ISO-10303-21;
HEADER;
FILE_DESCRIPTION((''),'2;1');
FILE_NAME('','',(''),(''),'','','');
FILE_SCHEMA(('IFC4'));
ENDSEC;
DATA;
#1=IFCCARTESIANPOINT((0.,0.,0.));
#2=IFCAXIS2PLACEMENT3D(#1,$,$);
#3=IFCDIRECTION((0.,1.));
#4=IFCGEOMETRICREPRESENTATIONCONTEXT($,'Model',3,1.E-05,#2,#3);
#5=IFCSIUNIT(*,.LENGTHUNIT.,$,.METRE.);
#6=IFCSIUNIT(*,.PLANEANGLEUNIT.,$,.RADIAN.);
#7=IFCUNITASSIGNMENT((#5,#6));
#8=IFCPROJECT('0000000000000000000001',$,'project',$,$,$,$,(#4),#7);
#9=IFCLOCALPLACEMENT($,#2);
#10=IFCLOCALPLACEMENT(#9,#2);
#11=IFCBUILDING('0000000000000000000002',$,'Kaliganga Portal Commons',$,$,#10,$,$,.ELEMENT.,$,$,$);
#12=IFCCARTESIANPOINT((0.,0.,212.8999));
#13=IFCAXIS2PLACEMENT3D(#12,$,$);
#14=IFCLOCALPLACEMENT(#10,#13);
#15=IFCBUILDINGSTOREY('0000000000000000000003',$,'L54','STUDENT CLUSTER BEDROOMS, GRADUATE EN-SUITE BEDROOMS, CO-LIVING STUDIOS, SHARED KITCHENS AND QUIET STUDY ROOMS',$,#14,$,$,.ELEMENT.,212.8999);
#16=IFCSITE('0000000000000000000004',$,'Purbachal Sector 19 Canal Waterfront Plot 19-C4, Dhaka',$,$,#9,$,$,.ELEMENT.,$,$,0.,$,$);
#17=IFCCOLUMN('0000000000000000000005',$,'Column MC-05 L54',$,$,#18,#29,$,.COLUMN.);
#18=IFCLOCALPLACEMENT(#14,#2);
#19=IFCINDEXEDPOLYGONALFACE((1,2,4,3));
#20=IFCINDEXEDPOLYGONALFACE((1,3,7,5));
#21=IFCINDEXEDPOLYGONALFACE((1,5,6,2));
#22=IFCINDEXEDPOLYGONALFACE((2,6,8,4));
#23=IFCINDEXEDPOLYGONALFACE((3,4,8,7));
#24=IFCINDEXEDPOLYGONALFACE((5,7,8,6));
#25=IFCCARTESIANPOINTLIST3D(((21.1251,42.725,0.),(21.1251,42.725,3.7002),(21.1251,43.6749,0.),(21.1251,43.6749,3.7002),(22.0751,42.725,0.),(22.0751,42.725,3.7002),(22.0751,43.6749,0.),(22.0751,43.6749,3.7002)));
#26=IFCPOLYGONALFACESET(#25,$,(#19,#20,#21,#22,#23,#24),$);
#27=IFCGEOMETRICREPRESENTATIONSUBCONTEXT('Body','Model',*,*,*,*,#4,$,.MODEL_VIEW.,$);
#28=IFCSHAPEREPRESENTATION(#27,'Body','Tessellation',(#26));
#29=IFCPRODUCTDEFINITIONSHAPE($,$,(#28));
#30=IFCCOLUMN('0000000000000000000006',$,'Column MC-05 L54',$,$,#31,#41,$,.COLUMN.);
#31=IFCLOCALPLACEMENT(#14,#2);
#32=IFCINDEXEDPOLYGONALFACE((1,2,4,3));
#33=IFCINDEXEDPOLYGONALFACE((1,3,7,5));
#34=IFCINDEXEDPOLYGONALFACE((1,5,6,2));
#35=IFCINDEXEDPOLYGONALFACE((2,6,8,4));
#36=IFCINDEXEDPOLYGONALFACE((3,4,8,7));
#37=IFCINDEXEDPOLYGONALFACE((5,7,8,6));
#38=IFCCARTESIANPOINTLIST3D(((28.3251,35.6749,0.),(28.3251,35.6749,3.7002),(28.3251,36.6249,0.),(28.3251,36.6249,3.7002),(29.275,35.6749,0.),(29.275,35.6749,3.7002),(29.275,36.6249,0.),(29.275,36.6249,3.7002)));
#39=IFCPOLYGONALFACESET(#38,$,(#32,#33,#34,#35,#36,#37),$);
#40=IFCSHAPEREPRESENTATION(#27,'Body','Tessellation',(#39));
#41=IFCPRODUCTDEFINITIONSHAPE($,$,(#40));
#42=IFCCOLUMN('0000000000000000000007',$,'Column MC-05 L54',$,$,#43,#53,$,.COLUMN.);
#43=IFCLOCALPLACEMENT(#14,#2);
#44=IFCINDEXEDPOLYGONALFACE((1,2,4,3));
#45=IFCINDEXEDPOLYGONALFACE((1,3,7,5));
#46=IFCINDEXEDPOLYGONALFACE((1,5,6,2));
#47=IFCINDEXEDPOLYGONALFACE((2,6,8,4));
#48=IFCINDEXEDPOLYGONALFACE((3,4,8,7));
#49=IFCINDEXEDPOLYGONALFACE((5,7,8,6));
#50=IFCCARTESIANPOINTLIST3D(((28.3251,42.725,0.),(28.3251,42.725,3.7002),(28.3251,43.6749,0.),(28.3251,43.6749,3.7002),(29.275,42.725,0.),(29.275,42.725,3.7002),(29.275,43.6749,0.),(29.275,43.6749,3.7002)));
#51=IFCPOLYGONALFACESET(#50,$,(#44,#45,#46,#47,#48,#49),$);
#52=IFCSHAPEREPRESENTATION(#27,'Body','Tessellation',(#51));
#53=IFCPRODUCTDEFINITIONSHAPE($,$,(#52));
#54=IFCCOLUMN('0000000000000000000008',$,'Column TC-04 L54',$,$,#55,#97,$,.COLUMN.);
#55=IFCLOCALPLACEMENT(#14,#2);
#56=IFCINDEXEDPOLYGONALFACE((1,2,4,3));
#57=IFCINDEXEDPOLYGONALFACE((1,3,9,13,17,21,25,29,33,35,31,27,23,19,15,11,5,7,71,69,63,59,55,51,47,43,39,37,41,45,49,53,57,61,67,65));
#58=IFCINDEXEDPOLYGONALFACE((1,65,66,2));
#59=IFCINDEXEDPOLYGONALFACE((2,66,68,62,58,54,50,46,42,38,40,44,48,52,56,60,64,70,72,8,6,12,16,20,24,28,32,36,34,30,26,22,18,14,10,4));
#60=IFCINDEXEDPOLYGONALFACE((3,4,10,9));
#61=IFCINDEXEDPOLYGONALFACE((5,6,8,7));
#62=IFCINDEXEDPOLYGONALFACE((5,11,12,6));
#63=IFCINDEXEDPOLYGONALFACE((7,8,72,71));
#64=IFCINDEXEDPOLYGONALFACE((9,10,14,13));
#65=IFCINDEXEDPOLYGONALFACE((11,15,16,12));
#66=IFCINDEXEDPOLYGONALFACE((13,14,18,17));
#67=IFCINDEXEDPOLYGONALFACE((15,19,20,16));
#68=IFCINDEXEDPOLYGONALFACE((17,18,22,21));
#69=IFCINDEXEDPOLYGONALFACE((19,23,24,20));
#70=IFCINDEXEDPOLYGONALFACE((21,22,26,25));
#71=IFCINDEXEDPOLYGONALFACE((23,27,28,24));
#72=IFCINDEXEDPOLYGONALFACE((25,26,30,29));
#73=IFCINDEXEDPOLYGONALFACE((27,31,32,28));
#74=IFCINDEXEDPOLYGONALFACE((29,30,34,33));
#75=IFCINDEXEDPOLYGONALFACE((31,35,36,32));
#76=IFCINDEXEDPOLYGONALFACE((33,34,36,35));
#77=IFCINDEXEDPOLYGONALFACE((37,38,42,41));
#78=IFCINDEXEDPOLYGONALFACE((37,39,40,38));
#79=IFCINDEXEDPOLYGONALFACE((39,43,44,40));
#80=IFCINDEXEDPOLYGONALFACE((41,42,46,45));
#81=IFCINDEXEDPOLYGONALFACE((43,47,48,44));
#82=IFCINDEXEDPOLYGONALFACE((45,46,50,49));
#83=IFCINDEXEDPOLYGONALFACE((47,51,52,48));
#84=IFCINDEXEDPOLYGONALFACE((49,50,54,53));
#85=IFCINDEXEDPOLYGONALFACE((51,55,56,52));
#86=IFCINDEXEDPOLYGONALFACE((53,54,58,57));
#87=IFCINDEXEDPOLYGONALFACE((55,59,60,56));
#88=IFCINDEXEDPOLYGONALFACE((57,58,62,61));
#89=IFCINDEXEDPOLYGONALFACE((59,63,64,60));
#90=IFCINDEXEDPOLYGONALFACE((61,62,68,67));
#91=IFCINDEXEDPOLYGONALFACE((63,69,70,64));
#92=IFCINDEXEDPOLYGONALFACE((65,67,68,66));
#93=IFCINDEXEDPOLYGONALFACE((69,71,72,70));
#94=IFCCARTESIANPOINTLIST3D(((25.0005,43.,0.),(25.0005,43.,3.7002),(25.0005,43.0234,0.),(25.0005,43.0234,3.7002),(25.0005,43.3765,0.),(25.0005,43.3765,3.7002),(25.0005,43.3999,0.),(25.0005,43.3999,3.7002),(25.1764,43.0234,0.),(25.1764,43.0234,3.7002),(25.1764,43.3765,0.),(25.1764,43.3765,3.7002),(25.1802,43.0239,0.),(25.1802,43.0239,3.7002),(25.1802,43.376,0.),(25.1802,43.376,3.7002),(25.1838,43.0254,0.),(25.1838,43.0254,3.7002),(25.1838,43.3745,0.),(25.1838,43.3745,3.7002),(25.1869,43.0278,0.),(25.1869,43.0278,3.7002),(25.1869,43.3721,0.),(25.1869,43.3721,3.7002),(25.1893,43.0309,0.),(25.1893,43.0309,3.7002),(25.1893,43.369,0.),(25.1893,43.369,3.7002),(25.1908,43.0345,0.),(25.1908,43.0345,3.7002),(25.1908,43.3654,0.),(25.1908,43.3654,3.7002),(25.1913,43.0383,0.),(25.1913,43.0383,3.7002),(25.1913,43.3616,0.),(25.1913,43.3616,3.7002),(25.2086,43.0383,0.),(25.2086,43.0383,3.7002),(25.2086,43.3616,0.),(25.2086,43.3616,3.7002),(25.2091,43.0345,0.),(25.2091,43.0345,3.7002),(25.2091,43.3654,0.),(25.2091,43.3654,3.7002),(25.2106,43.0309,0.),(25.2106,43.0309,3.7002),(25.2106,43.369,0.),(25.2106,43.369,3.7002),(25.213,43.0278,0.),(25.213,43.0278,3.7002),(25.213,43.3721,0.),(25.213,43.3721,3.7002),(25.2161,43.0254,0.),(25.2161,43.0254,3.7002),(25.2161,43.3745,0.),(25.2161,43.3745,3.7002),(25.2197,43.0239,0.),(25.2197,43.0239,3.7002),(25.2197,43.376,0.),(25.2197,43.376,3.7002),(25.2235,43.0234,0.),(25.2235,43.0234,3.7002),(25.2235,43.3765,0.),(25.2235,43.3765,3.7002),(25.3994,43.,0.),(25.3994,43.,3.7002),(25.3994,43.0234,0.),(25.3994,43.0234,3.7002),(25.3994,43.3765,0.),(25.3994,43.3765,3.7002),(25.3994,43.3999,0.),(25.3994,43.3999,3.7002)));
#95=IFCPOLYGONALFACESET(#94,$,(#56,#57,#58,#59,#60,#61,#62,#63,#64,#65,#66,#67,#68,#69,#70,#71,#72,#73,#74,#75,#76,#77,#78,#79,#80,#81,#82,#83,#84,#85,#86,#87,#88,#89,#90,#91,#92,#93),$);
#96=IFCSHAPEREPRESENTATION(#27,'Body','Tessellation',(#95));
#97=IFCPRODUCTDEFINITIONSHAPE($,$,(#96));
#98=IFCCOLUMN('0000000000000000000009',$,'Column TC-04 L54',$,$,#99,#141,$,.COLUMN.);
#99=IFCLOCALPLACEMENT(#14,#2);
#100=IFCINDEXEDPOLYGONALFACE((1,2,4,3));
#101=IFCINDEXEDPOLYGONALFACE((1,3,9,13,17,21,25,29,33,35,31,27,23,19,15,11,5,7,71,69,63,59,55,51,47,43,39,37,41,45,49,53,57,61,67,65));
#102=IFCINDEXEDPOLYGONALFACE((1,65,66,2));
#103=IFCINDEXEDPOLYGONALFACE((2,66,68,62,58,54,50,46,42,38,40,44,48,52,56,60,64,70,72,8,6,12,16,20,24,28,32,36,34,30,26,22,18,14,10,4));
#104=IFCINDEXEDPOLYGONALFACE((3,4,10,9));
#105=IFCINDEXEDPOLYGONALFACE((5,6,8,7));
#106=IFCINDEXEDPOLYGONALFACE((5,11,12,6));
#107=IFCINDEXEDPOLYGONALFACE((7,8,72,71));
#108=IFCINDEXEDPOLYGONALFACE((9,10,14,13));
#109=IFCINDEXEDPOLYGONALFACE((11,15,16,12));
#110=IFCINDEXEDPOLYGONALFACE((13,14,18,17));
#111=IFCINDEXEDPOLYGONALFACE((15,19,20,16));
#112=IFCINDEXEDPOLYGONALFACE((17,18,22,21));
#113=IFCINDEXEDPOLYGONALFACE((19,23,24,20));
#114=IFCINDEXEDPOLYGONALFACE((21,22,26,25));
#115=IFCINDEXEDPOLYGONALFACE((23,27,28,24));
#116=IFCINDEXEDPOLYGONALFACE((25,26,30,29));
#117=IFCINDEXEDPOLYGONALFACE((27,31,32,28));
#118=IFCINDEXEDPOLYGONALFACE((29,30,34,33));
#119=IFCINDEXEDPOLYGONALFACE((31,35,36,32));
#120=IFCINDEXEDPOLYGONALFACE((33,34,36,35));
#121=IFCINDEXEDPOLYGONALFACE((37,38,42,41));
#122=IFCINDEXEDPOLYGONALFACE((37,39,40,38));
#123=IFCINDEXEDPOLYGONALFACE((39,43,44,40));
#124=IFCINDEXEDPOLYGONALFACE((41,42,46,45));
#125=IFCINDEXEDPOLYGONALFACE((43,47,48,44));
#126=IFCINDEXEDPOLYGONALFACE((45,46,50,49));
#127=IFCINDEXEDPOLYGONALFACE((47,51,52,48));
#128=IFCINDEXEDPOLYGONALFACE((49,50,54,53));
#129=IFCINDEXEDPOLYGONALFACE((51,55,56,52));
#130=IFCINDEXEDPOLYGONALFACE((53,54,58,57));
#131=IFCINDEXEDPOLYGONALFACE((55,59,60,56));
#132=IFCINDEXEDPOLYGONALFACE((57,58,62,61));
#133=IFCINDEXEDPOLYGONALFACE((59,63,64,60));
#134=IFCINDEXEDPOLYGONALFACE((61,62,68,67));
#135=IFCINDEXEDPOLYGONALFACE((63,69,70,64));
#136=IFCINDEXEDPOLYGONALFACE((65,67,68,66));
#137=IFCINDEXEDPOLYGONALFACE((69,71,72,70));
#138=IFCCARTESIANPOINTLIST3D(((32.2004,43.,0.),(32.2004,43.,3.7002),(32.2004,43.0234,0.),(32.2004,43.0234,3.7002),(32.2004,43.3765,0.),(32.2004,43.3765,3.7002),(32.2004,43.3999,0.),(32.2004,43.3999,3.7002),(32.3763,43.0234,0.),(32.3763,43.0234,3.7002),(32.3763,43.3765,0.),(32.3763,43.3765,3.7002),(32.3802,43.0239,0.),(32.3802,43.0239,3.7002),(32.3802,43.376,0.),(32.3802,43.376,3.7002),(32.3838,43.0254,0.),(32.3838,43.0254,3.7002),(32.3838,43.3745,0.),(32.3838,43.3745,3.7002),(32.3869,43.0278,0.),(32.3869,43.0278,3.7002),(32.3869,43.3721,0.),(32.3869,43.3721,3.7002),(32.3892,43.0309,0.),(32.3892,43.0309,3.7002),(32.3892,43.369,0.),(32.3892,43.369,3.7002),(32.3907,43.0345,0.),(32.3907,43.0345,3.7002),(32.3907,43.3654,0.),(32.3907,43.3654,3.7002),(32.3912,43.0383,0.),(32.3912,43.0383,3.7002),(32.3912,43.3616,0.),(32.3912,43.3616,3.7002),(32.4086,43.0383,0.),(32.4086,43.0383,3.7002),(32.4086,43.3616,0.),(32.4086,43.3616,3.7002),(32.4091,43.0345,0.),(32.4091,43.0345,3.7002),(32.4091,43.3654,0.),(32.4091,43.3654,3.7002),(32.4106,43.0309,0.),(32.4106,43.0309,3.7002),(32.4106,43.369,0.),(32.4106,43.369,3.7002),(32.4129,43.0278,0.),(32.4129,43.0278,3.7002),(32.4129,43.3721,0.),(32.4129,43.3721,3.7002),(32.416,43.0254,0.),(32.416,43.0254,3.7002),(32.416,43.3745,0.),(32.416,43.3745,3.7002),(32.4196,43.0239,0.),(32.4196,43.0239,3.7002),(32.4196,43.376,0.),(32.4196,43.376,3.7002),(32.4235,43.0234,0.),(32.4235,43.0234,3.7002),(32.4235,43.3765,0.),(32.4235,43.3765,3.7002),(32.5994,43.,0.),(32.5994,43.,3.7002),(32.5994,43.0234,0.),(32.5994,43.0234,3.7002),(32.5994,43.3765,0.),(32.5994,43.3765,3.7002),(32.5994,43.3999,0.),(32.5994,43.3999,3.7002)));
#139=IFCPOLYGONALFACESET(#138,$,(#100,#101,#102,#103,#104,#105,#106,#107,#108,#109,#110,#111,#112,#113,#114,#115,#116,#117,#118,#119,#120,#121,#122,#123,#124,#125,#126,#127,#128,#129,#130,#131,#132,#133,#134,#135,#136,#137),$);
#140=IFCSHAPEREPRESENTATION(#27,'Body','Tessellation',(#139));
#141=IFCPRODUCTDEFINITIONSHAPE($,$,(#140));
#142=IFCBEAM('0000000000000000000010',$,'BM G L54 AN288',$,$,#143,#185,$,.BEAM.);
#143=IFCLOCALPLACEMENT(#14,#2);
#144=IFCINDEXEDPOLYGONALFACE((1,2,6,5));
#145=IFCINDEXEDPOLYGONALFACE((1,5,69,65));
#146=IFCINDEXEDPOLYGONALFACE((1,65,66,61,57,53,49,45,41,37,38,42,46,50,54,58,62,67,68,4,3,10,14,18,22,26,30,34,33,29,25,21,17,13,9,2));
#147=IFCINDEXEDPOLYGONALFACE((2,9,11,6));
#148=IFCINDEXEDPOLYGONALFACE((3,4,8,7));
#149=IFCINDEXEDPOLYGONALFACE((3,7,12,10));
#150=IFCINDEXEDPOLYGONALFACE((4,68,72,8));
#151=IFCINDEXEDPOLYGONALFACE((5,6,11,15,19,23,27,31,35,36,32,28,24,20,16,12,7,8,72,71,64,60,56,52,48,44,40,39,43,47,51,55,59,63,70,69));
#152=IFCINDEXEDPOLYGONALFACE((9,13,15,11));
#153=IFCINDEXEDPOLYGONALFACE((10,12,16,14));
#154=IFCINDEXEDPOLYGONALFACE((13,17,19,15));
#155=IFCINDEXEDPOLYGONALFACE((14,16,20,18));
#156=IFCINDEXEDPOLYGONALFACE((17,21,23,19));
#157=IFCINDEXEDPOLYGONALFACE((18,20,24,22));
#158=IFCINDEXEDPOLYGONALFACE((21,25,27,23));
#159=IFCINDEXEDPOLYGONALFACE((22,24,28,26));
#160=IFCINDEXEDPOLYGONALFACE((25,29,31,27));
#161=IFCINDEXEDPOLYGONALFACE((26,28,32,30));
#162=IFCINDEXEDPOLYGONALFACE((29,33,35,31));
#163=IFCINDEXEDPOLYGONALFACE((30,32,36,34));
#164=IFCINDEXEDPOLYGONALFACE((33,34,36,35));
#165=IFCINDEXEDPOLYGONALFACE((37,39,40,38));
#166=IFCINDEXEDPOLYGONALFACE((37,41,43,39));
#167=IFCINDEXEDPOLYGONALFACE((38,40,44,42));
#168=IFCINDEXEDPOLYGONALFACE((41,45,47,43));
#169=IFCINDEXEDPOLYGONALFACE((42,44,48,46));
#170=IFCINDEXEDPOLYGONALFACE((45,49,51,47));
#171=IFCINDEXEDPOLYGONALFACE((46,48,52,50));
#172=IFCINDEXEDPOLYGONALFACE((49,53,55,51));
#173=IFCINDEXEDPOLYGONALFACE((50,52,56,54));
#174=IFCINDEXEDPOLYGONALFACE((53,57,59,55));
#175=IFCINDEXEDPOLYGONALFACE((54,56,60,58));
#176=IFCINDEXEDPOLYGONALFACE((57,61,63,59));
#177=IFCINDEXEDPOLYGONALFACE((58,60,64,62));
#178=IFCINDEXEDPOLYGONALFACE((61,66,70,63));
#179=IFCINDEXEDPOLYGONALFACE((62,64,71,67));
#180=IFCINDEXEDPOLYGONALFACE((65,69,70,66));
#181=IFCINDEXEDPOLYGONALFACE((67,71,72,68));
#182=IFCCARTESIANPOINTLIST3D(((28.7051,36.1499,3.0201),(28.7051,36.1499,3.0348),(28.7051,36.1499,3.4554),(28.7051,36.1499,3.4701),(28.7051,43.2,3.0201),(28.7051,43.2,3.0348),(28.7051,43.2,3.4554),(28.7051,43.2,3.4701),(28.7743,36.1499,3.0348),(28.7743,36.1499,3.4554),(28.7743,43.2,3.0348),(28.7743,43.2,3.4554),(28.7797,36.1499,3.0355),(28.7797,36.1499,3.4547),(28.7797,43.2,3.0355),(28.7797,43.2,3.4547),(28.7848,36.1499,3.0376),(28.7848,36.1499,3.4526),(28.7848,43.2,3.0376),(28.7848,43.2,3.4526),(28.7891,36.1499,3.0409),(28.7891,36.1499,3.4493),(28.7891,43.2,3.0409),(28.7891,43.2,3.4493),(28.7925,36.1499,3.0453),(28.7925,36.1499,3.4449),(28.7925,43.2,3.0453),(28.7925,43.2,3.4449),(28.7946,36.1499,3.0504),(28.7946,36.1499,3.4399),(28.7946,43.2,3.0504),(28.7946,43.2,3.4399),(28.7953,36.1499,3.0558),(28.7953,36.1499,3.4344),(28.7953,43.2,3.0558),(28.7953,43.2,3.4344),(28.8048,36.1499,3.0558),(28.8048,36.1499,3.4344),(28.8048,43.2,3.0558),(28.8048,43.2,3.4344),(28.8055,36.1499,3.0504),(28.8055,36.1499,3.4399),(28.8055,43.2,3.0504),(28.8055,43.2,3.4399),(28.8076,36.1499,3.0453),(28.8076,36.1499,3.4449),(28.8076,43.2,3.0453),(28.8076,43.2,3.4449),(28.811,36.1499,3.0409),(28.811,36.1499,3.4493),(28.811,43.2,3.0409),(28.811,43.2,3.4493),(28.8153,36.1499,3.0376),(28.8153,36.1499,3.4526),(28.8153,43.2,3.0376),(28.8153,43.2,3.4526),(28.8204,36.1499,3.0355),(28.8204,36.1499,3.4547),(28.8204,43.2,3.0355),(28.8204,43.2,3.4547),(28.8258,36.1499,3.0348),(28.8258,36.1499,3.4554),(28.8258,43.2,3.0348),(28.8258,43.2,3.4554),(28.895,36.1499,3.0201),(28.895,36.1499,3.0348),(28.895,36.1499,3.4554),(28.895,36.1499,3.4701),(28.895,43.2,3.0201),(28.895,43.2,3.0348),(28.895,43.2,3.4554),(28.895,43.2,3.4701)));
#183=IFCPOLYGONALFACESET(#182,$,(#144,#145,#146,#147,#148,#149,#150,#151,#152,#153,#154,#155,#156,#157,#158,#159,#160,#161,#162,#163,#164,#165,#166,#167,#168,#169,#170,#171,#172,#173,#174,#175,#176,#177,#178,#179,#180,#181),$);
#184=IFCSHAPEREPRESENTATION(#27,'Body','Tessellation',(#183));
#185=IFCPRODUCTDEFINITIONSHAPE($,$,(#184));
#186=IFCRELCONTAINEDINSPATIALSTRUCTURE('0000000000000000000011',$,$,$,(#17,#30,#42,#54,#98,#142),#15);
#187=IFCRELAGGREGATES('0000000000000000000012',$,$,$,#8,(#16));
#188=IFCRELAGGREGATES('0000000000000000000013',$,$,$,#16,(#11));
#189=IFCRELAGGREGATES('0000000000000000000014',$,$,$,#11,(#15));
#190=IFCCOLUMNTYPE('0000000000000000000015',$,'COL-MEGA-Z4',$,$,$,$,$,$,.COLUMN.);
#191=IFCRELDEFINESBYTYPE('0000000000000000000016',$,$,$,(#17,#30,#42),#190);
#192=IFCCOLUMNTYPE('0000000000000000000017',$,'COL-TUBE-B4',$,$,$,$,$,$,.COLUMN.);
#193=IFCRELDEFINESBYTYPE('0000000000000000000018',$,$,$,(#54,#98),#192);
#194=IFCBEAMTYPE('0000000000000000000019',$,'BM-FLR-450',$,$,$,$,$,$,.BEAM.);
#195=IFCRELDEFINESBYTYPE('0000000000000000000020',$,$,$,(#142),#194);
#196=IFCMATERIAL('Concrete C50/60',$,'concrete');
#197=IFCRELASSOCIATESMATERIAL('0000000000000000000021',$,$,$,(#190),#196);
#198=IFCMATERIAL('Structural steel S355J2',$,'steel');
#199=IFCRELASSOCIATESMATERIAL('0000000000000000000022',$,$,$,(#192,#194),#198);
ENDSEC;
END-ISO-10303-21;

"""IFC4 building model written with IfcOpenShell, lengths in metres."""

from ifc_helpers import new_model, si_unit, direction, frame, origin, origin_2d, place, context, subcontext, project, spatial, rectangle, i_section, extrude, source, transform, mapped, material, material_profile, profile_set, type_object, element, save


model = new_model("IFC4")

# Units and contexts
model_context = context("Model", 3, precision=1e-05, world=origin(), true_north=direction((0.0, 1.0)))
body_context = subcontext(model_context, "Body", "Model", "MODEL_VIEW")
ifc_project = project(units=[si_unit("LENGTHUNIT", "METRE"), si_unit("PLANEANGLEUNIT", "RADIAN")], contexts=[model_context])

# Site, building, storey
site_placement = place(None, origin())
site = spatial("IfcSite", under=ifc_project, at=site_placement, Name="Purbachal Sector 19 Canal Waterfront Plot 19-C4, Dhaka", CompositionType="ELEMENT", RefElevation=0.0)
building_placement = place(site_placement, origin())
building = spatial("IfcBuilding", under=site, at=building_placement, Name="Kaliganga Portal Commons", CompositionType="ELEMENT")
storey_placement = place(building_placement, frame((0.0, 0.0, 212.8999)))
storey = spatial("IfcBuildingStorey", under=building, at=storey_placement, Name="L54", Description="STUDENT CLUSTER BEDROOMS, GRADUATE EN-SUITE BEDROOMS, CO-LIVING STUDIOS, SHARED KITCHENS AND QUIET STUDY ROOMS", CompositionType="ELEMENT", Elevation=212.8999)

# Columns
ifc_material_1 = material(Name="Concrete C50/60", Category="concrete")
ifc_material_profile_1 = material_profile(ifc_material_1, rectangle(XDim=0.95, YDim=0.95, at=origin_2d()), Name="RC 950x950")
ifc_profile_set_1 = profile_set([ifc_material_profile_1], Name="Concrete C50/60")
column_type_1 = type_object("IfcColumnType", Name="COL-MEGA-Z4", PredefinedType="COLUMN", material=ifc_profile_set_1)
shared_shape_1 = source(origin(), body_context, "Body", "SweptSolid", [
    extrude(rectangle(XDim=0.95, YDim=0.95, at=origin_2d()), origin(), (0.0, 0.0, 1.0), 3.7002),
])
for number, where, z_axis, x_axis, name in (
    (1, (21.6001, 43.2, 0.0), (0.0, 0.0, 1.0), (1.0, 0.0, 0.0), "Column MC-05 L54"),
    (2, (28.8, 36.1499, 0.0), (0.0, 0.0, 1.0), (1.0, 0.0, 0.0), "Column MC-05 L54"),
    (3, (28.8, 43.2, 0.0), (0.0, 0.0, 1.0), (1.0, 0.0, 0.0), "Column MC-05 L54"),
):
    element("IfcColumn", number, at=place(storey_placement, frame(where, z_axis=z_axis, x_axis=x_axis)), inside=storey, type_object=column_type_1, Name=name, PredefinedType="COLUMN", context=body_context, shape_type="MappedRepresentation", body=[
        mapped(shared_shape_1, transform((0.0, 0.0, 0.0), x_axis=(1.0, 0.0, 0.0), y_axis=(0.0, 1.0, 0.0), z_axis=(0.0, 0.0, 1.0), scale=1.0)),
    ])
ifc_material_2 = material(Name="Structural steel S355J2", Category="steel")
ifc_material_profile_2 = material_profile(ifc_material_2, i_section(OverallWidth=0.3989, OverallDepth=0.3999, WebThickness=0.0173, FlangeThickness=0.0234, FilletRadius=0.0149, at=origin_2d()), Name="HD 400x287")
ifc_profile_set_2 = profile_set([ifc_material_profile_2], Name="Structural steel S355J2 wide-flange")
column_type_2 = type_object("IfcColumnType", Name="COL-TUBE-B4", PredefinedType="COLUMN", material=ifc_profile_set_2)
shared_shape_2 = source(origin(), body_context, "Body", "SweptSolid", [
    extrude(i_section(OverallWidth=0.3989, OverallDepth=0.3999, WebThickness=0.0173, FlangeThickness=0.0234, FilletRadius=0.0149, at=origin_2d()), origin(), (0.0, 0.0, 1.0), 3.7002),
])
for number, where, z_axis, x_axis, name in (
    (4, (25.2, 43.2, 0.0), (0.0, 0.0, 1.0), (1.0, 0.0, 0.0), "Column TC-04 L54"),
    (5, (32.3999, 43.2, 0.0), (0.0, 0.0, 1.0), (1.0, 0.0, 0.0), "Column TC-04 L54"),
):
    element("IfcColumn", number, at=place(storey_placement, frame(where, z_axis=z_axis, x_axis=x_axis)), inside=storey, type_object=column_type_2, Name=name, PredefinedType="COLUMN", context=body_context, shape_type="MappedRepresentation", body=[
        mapped(shared_shape_2, transform((0.0, 0.0, 0.0), x_axis=(1.0, 0.0, 0.0), y_axis=(0.0, 1.0, 0.0), z_axis=(0.0, 0.0, 1.0), scale=1.0)),
    ])

# Beam
ifc_material_profile_3 = material_profile(ifc_material_2, i_section(OverallWidth=0.1899, OverallDepth=0.45, WebThickness=0.0095, FlangeThickness=0.0146, FilletRadius=0.021, at=origin_2d()), Name="IPE 450")
ifc_profile_set_3 = profile_set([ifc_material_profile_3], Name="Structural steel S355J2 wide-flange")
beam_type_1 = type_object("IfcBeamType", Name="BM-FLR-450", PredefinedType="BEAM", material=ifc_profile_set_3)
shared_shape_3 = source(origin(), body_context, "Body", "SweptSolid", [
    extrude(i_section(OverallWidth=0.1899, OverallDepth=0.45, WebThickness=0.0095, FlangeThickness=0.0146, FilletRadius=0.021, at=origin_2d()), origin(), (0.0, 0.0, 1.0), 7.05),
])
beam_1_placement = place(storey_placement, frame((28.8, 36.1499, 3.2451), z_axis=(0.0, 1.0, 0.0), x_axis=(-1.0, 0.0, 0.0)))
element("IfcBeam", 6, at=beam_1_placement, inside=storey, type_object=beam_type_1, Name="BM G L54 AN288", PredefinedType="BEAM", context=body_context, shape_type="MappedRepresentation", body=[
    mapped(shared_shape_3, transform((0.0, 0.0, 0.0), x_axis=(1.0, 0.0, 0.0), y_axis=(0.0, 1.0, 0.0), z_axis=(0.0, 0.0, 1.0), scale=1.0)),
])

save(model, "model.ifc")
